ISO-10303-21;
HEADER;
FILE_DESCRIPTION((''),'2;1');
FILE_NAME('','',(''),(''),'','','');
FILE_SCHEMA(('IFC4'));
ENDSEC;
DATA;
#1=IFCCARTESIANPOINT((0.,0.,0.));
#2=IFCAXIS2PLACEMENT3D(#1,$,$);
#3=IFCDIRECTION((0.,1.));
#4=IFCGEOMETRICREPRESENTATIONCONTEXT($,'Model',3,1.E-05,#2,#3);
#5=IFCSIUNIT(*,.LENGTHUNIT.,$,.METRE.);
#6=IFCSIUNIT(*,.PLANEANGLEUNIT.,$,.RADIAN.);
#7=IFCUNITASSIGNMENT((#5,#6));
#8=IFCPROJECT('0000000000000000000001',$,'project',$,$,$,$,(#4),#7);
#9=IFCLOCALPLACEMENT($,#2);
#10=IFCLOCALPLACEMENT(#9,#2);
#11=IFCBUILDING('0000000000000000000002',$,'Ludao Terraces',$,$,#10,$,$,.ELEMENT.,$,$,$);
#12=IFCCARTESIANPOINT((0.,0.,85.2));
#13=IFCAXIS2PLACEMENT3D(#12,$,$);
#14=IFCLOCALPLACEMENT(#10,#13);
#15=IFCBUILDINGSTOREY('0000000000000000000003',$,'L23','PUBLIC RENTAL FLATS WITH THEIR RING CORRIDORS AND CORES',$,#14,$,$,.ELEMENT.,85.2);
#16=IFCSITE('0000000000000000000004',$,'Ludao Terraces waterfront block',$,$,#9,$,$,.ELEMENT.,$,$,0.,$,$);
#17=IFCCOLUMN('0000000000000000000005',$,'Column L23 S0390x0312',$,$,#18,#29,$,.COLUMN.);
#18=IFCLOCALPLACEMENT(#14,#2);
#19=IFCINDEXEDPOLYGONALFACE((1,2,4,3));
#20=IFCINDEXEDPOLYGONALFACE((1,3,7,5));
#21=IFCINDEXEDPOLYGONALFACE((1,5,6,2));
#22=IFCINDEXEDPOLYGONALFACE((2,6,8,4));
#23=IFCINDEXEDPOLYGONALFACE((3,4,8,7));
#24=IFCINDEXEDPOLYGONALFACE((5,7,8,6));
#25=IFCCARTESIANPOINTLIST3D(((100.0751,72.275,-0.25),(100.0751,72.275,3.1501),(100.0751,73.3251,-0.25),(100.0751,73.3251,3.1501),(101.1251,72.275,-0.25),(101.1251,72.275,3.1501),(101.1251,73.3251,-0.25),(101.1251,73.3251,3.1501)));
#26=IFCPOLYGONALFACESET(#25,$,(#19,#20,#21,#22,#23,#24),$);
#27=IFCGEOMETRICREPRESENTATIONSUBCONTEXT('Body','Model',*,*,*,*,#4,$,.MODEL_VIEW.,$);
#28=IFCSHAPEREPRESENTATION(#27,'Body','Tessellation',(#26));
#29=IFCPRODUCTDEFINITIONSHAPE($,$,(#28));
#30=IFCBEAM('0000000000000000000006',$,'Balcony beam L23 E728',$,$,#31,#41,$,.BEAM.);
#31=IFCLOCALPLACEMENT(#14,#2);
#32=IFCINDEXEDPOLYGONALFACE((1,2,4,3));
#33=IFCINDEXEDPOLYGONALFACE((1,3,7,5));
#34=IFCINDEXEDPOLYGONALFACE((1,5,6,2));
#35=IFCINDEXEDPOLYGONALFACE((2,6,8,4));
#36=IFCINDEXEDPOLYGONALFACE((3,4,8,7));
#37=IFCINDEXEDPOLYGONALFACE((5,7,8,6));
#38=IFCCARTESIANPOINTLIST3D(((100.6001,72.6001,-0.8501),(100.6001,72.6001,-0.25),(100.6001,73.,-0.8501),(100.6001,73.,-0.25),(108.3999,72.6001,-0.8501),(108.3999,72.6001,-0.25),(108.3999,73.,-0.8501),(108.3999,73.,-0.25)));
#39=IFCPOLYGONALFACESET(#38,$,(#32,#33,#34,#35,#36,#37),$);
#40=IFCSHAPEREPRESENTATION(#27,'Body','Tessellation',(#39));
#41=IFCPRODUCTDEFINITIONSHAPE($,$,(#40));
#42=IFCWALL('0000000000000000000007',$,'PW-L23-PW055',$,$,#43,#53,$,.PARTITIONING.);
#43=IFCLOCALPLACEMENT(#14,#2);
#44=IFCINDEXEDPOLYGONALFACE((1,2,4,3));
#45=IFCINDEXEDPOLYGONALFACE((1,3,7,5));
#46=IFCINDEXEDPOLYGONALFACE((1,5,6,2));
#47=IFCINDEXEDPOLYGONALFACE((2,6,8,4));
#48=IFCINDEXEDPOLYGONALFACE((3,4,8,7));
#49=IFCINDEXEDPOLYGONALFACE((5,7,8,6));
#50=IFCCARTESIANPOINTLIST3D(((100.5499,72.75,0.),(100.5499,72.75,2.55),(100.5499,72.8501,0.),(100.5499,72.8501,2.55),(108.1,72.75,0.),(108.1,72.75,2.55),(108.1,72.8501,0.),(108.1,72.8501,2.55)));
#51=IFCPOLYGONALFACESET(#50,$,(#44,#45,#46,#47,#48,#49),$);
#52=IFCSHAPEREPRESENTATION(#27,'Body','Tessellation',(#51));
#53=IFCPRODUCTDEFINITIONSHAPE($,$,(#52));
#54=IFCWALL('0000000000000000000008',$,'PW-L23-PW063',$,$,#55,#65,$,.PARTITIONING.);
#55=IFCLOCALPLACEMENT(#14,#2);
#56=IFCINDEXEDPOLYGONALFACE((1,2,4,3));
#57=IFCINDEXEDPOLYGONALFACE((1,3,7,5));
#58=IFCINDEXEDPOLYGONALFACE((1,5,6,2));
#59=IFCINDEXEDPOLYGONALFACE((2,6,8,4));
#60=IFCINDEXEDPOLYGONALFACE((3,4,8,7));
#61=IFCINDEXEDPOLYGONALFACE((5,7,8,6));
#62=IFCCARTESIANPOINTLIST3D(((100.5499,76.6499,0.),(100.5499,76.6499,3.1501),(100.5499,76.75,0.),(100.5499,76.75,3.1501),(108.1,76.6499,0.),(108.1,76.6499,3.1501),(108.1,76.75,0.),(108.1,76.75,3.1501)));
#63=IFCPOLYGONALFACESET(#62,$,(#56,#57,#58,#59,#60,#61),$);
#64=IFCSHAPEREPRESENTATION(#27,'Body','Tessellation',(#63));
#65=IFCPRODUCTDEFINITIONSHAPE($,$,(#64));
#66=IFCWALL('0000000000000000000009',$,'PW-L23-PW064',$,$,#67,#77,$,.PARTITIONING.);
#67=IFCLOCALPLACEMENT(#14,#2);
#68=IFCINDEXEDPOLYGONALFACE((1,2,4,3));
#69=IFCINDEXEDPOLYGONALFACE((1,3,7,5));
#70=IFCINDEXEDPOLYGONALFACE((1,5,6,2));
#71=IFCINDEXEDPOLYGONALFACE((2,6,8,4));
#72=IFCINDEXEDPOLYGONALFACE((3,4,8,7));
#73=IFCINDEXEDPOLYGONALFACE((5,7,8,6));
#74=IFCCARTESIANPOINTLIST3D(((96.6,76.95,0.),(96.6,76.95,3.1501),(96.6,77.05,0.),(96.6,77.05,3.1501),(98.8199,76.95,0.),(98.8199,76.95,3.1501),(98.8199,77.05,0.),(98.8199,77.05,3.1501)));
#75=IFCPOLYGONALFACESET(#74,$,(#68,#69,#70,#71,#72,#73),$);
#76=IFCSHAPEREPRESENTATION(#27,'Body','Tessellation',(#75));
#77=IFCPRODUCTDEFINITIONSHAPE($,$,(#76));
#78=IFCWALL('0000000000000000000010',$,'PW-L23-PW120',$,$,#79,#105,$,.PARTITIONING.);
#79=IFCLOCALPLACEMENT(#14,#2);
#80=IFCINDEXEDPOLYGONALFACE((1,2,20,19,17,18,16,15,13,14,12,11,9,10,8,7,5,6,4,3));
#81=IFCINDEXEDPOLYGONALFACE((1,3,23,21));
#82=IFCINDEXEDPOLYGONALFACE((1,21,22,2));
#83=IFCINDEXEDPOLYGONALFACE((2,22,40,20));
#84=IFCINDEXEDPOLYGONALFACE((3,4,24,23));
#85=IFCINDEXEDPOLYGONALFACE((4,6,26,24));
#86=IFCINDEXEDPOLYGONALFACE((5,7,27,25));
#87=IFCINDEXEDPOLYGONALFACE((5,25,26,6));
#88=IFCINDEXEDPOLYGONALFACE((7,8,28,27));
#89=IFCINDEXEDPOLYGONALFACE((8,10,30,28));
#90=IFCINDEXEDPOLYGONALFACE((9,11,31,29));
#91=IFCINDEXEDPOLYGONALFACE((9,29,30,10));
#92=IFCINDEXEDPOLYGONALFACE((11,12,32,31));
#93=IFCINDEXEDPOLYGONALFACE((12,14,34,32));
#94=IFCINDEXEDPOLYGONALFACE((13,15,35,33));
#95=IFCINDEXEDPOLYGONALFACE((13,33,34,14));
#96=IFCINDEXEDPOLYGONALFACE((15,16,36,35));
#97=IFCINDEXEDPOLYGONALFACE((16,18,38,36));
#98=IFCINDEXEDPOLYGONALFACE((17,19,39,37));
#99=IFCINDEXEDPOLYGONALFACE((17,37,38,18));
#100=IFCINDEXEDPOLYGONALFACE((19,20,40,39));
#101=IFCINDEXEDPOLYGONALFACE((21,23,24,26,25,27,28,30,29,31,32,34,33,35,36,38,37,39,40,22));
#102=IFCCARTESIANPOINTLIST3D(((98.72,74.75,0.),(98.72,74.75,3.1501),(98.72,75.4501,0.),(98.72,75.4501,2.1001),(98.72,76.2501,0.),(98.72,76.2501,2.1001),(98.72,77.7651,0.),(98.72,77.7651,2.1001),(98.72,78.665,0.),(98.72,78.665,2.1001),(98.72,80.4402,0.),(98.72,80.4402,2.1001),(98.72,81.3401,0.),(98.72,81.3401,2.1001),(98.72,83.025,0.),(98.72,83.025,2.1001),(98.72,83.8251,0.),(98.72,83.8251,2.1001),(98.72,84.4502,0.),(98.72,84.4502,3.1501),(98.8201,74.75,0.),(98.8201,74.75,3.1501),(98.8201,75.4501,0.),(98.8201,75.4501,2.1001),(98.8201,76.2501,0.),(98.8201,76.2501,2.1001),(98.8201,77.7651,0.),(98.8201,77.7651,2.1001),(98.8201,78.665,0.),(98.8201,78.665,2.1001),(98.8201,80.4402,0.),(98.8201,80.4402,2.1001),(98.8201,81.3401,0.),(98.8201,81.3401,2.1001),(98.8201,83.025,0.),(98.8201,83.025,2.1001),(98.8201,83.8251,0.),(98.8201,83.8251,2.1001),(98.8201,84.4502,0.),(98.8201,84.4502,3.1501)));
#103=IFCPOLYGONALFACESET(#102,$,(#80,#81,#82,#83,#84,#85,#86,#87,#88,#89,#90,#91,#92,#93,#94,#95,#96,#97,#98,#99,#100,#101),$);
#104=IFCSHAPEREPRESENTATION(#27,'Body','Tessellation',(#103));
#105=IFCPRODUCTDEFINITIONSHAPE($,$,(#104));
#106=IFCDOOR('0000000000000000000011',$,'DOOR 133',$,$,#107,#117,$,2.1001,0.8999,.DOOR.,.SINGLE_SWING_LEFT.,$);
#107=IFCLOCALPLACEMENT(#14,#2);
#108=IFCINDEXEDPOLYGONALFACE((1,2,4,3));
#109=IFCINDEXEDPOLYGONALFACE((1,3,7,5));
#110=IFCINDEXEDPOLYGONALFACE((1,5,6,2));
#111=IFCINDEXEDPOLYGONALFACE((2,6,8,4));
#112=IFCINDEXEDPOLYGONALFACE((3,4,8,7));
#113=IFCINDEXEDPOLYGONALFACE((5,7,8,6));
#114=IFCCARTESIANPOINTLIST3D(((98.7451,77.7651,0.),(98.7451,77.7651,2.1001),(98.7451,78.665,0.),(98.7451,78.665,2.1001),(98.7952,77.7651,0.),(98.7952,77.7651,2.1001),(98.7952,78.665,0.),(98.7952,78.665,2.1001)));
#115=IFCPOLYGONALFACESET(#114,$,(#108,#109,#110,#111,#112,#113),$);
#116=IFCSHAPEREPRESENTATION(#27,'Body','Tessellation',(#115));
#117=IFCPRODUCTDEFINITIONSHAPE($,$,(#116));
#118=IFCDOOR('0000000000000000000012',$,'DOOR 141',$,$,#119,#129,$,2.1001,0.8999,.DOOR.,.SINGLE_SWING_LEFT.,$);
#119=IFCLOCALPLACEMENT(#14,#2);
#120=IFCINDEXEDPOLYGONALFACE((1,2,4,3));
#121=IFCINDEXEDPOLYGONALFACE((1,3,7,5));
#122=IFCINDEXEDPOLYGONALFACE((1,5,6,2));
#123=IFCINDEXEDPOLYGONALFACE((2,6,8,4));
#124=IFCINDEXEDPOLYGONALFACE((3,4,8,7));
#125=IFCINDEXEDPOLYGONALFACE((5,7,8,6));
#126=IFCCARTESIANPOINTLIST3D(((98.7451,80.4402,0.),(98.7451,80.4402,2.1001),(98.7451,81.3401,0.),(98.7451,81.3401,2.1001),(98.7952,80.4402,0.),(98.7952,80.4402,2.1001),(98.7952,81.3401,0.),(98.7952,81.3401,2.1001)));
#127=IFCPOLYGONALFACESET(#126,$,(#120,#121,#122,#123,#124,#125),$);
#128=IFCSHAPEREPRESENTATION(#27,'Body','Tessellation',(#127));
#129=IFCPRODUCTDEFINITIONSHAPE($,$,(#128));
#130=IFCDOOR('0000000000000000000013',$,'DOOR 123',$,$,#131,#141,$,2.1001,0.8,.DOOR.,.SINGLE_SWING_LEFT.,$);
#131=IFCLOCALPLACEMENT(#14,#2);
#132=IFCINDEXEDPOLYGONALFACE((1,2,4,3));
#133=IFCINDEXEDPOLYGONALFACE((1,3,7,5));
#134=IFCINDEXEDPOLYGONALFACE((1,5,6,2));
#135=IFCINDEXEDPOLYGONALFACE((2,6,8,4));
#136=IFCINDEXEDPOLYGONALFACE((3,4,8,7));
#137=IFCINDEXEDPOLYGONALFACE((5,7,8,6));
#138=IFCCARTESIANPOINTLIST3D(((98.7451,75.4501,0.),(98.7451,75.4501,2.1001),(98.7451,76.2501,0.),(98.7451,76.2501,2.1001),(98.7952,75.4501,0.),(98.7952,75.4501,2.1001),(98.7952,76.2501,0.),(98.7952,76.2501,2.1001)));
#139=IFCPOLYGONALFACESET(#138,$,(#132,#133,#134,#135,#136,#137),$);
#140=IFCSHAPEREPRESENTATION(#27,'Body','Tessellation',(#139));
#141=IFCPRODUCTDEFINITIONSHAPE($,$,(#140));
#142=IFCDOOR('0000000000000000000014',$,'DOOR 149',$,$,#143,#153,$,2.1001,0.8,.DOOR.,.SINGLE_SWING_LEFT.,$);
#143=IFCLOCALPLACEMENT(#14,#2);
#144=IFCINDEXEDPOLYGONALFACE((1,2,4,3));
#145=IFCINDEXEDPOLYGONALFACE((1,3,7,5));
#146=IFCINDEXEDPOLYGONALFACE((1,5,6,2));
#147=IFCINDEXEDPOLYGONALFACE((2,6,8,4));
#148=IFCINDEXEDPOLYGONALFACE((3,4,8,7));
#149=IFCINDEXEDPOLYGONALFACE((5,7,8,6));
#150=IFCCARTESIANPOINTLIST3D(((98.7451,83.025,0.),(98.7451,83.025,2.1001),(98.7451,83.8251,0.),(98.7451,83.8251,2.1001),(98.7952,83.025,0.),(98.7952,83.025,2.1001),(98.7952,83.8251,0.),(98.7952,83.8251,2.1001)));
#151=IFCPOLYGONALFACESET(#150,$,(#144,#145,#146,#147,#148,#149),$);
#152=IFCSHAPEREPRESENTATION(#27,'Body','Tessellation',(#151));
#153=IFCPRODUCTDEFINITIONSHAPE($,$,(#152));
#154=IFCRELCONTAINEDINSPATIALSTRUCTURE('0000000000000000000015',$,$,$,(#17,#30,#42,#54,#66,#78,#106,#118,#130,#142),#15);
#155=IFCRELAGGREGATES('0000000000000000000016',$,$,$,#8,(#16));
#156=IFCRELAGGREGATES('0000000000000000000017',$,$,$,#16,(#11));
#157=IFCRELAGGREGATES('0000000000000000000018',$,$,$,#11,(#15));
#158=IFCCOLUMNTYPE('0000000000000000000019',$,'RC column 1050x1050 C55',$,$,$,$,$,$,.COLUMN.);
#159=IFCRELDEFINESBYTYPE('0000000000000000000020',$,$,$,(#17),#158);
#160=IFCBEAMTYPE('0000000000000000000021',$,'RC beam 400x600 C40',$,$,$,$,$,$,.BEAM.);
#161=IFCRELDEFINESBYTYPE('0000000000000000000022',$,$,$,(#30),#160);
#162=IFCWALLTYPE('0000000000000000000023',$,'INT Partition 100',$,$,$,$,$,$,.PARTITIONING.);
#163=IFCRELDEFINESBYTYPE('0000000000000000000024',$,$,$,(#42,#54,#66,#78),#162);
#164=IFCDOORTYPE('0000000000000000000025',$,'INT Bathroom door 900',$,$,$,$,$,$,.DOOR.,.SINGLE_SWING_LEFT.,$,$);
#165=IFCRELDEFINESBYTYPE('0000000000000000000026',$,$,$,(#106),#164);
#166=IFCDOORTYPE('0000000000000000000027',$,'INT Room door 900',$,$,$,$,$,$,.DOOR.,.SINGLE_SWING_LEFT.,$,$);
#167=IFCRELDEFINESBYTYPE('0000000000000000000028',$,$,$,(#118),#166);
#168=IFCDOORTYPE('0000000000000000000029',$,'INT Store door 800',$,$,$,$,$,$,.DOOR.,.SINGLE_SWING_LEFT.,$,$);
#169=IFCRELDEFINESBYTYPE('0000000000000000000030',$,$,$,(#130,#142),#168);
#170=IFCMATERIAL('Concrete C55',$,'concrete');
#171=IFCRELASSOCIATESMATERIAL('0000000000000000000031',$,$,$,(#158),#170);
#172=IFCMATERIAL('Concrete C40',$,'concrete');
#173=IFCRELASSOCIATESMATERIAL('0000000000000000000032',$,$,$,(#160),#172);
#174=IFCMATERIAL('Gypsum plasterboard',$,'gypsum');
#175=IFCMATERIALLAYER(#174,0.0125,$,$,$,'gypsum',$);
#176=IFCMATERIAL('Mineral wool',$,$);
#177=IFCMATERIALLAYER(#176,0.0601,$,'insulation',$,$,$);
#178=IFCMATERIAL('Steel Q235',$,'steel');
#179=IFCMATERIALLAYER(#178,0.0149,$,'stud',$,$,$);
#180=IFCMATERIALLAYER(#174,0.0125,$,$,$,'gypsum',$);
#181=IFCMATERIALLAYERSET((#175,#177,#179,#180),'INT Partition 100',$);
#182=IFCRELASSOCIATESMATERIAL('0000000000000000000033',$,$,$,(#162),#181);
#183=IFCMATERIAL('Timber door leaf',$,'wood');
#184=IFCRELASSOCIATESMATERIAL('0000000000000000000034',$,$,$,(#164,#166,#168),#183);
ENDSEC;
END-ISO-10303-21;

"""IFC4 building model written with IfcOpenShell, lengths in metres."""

from ifc_helpers import new_model, si_unit, direction, frame, frame_2d, origin, origin_2d, place, context, subcontext, project, spatial, rectangle, extrude, material, layer, layer_set, material_profile, profile_set, type_object, element, fill, save


model = new_model("IFC4")

# Units and contexts
model_context = context("Model", 3, precision=1e-05, world=origin(), true_north=direction((0.0, 1.0)))
body_context = subcontext(model_context, "Body", "Model", "MODEL_VIEW")
ifc_project = project(units=[si_unit("LENGTHUNIT", "METRE"), si_unit("PLANEANGLEUNIT", "RADIAN")], contexts=[model_context])

# Site, building, storey
site_placement = place(None, origin())
site = spatial("IfcSite", under=ifc_project, at=site_placement, Name="Ludao Terraces waterfront block", CompositionType="ELEMENT", RefElevation=0.0)
building_placement = place(site_placement, origin())
building = spatial("IfcBuilding", under=site, at=building_placement, Name="Ludao Terraces", CompositionType="ELEMENT")
storey_placement = place(building_placement, frame((0.0, 0.0, 85.2)))
storey = spatial("IfcBuildingStorey", under=building, at=storey_placement, Name="L23", Description="PUBLIC RENTAL FLATS WITH THEIR RING CORRIDORS AND CORES", CompositionType="ELEMENT", Elevation=85.2)

# Column
ifc_material_1 = material(Name="Concrete C55", Category="concrete")
ifc_material_profile_1 = material_profile(ifc_material_1, rectangle(XDim=1.05, YDim=1.05, at=origin_2d()), Name="1050 X 1050")
ifc_profile_set_1 = profile_set([ifc_material_profile_1], Name="Concrete C55")
column_type = type_object("IfcColumnType", Name="RC column 1050x1050 C55", PredefinedType="COLUMN", material=ifc_profile_set_1)
column_placement = place(storey_placement, frame((100.6001, 72.8, -0.25), z_axis=(0.0, 0.0, 1.0), x_axis=(1.0, 0.0, 0.0)))
element("IfcColumn", 1, at=column_placement, inside=storey, type_object=column_type, Name="Column L23 S0390x0312", PredefinedType="COLUMN", context=body_context, shape_type="SweptSolid", body=[
    extrude(rectangle(XDim=1.05, YDim=1.05, at=origin_2d()), origin(), (0.0, 0.0, 1.0), 3.4001),
])

# Beam
ifc_material_2 = material(Name="Concrete C40", Category="concrete")
ifc_material_profile_2 = material_profile(ifc_material_2, rectangle(XDim=0.3999, YDim=0.6001, at=origin_2d()), Name="400 X 600")
ifc_profile_set_2 = profile_set([ifc_material_profile_2], Name="Concrete C40")
beam_type = type_object("IfcBeamType", Name="RC beam 400x600 C40", PredefinedType="BEAM", material=ifc_profile_set_2)
beam_placement = place(storey_placement, frame((100.6001, 72.8, -0.55), z_axis=(1.0, 0.0, 0.0), x_axis=(0.0, 1.0, 0.0)))
element("IfcBeam", 2, at=beam_placement, inside=storey, type_object=beam_type, Name="Balcony beam L23 E728", PredefinedType="BEAM", context=body_context, shape_type="SweptSolid", body=[
    extrude(rectangle(XDim=0.3999, YDim=0.6001, at=origin_2d()), origin(), (0.0, 0.0, 1.0), 7.7998),
])

# Shared definitions
ifc_material_3 = material(Name="Mineral wool")

# Walls
ifc_material_4 = material(Name="Gypsum plasterboard", Category="gypsum")
ifc_layer_1 = layer(ifc_material_4, 0.0125, Category="gypsum")
ifc_layer_2 = layer(ifc_material_3, 0.0601, Name="insulation")
ifc_material_5 = material(Name="Steel Q235", Category="steel")
ifc_layer_3 = layer(ifc_material_5, 0.0149, Name="stud")
ifc_layer_4 = layer(ifc_material_4, 0.0125, Category="gypsum")
ifc_layer_set_1 = layer_set([ifc_layer_1, ifc_layer_2, ifc_layer_3, ifc_layer_4], Name="INT Partition 100")
wall_type_1 = type_object("IfcWallType", Name="INT Partition 100", PredefinedType="PARTITIONING", material=ifc_layer_set_1)
wall_1_placement = place(storey_placement, frame((100.55, 72.8, 0.0), z_axis=(0.0, 0.0, 1.0), x_axis=(1.0, 0.0, 0.0)))
element("IfcWall", 3, at=wall_1_placement, inside=storey, type_object=wall_type_1, Name="PW-L23-PW055", PredefinedType="PARTITIONING", context=body_context, shape_type="SweptSolid", body=[
    extrude(rectangle(XDim=7.55, YDim=0.1001, at=frame_2d((3.7749, 0.0))), origin(), (0.0, 0.0, 1.0), 2.55),
])
wall_2_placement = place(storey_placement, frame((100.55, 76.7, 0.0), z_axis=(0.0, 0.0, 1.0), x_axis=(1.0, 0.0, 0.0)))
element("IfcWall", 4, at=wall_2_placement, inside=storey, type_object=wall_type_1, Name="PW-L23-PW063", PredefinedType="PARTITIONING", context=body_context, shape_type="SweptSolid", body=[
    extrude(rectangle(XDim=7.55, YDim=0.1001, at=frame_2d((3.7749, 0.0))), origin(), (0.0, 0.0, 1.0), 3.1501),
])
wall_3_placement = place(storey_placement, frame((96.6001, 77.0, 0.0), z_axis=(0.0, 0.0, 1.0), x_axis=(1.0, 0.0, 0.0)))
element("IfcWall", 5, at=wall_3_placement, inside=storey, type_object=wall_type_1, Name="PW-L23-PW064", PredefinedType="PARTITIONING", context=body_context, shape_type="SweptSolid", body=[
    extrude(rectangle(XDim=2.22, YDim=0.1001, at=frame_2d((1.1099, 0.0))), origin(), (0.0, 0.0, 1.0), 3.1501),
])

# Wall, openings, doors
wall_4_placement = place(storey_placement, frame((98.77, 74.75, 0.0), z_axis=(0.0, 0.0, 1.0), x_axis=(0.0, 1.0, 0.0)))
wall_4 = element("IfcWall", 6, at=wall_4_placement, inside=storey, type_object=wall_type_1, Name="PW-L23-PW120", PredefinedType="PARTITIONING", context=body_context, shape_type="SweptSolid", body=[
    extrude(rectangle(XDim=9.7002, YDim=0.1001, at=frame_2d((4.8501, 0.0))), origin(), (0.0, 0.0, 1.0), 3.1501),
])
opening_1_placement = place(wall_4_placement, frame((0.7002, 0.0, 0.0)))
opening_1 = element("IfcOpeningElement", 7, at=opening_1_placement, cuts=wall_4, PredefinedType="OPENING", context=body_context, shape_type="SweptSolid", body=[
    extrude(rectangle(XDim=0.8, YDim=2.1001, at=frame_2d((0.3999, 1.05))), frame((0.0, 0.0601, 0.0), z_axis=(0.0, -1.0, 0.0), x_axis=(1.0, 0.0, 0.0)), (0.0, 0.0, 1.0), 0.1201),
])
opening_2_placement = place(wall_4_placement, frame((3.0151, 0.0, 0.0)))
opening_2 = element("IfcOpeningElement", 8, at=opening_2_placement, cuts=wall_4, PredefinedType="OPENING", context=body_context, shape_type="SweptSolid", body=[
    extrude(rectangle(XDim=0.8999, YDim=2.1001, at=frame_2d((0.45, 1.05))), frame((0.0, 0.0601, 0.0), z_axis=(0.0, -1.0, 0.0), x_axis=(1.0, 0.0, 0.0)), (0.0, 0.0, 1.0), 0.1201),
])
opening_3_placement = place(wall_4_placement, frame((5.6902, 0.0, 0.0)))
opening_3 = element("IfcOpeningElement", 9, at=opening_3_placement, cuts=wall_4, PredefinedType="OPENING", context=body_context, shape_type="SweptSolid", body=[
    extrude(rectangle(XDim=0.8999, YDim=2.1001, at=frame_2d((0.45, 1.05))), frame((0.0, 0.0601, 0.0), z_axis=(0.0, -1.0, 0.0), x_axis=(1.0, 0.0, 0.0)), (0.0, 0.0, 1.0), 0.1201),
])
opening_4_placement = place(wall_4_placement, frame((8.2751, 0.0, 0.0)))
opening_4 = element("IfcOpeningElement", 10, at=opening_4_placement, cuts=wall_4, PredefinedType="OPENING", context=body_context, shape_type="SweptSolid", body=[
    extrude(rectangle(XDim=0.8, YDim=2.1001, at=frame_2d((0.3999, 1.05))), frame((0.0, 0.0601, 0.0), z_axis=(0.0, -1.0, 0.0), x_axis=(1.0, 0.0, 0.0)), (0.0, 0.0, 1.0), 0.1201),
])
ifc_material_6 = material(Name="Timber door leaf", Category="wood")
door_type_1 = type_object("IfcDoorType", Name="INT Bathroom door 900", OperationType="SINGLE_SWING_LEFT", PredefinedType="DOOR", material=ifc_material_6)
door_1_placement = place(opening_2_placement, origin())
door_1 = element("IfcDoor", 11, at=door_1_placement, inside=storey, type_object=door_type_1, Name="DOOR 133", OperationType="SINGLE_SWING_LEFT", OverallHeight=2.1001, OverallWidth=0.8999, PredefinedType="DOOR", context=body_context, shape_type="SweptSolid", body=[
    extrude(rectangle(XDim=0.8999, YDim=2.1001, at=frame_2d((0.45, 1.05))), frame((0.0, 0.0249, 0.0), z_axis=(0.0, -1.0, 0.0), x_axis=(1.0, 0.0, 0.0)), (0.0, 0.0, 1.0), 0.05),
])
fill(opening_2, door_1)
door_type_2 = type_object("IfcDoorType", Name="INT Room door 900", OperationType="SINGLE_SWING_LEFT", PredefinedType="DOOR", material=ifc_material_6)
door_2_placement = place(opening_3_placement, origin())
door_2 = element("IfcDoor", 12, at=door_2_placement, inside=storey, type_object=door_type_2, Name="DOOR 141", OperationType="SINGLE_SWING_LEFT", OverallHeight=2.1001, OverallWidth=0.8999, PredefinedType="DOOR", context=body_context, shape_type="SweptSolid", body=[
    extrude(rectangle(XDim=0.8999, YDim=2.1001, at=frame_2d((0.45, 1.05))), frame((0.0, 0.0249, 0.0), z_axis=(0.0, -1.0, 0.0), x_axis=(1.0, 0.0, 0.0)), (0.0, 0.0, 1.0), 0.05),
])
fill(opening_3, door_2)
door_type_3 = type_object("IfcDoorType", Name="INT Store door 800", OperationType="SINGLE_SWING_LEFT", PredefinedType="DOOR", material=ifc_material_6)
door_3_placement = place(opening_1_placement, origin())
door_3 = element("IfcDoor", 13, at=door_3_placement, inside=storey, type_object=door_type_3, Name="DOOR 123", OperationType="SINGLE_SWING_LEFT", OverallHeight=2.1001, OverallWidth=0.8, PredefinedType="DOOR", context=body_context, shape_type="SweptSolid", body=[
    extrude(rectangle(XDim=0.8, YDim=2.1001, at=frame_2d((0.3999, 1.05))), frame((0.0, 0.0249, 0.0), z_axis=(0.0, -1.0, 0.0), x_axis=(1.0, 0.0, 0.0)), (0.0, 0.0, 1.0), 0.05),
])
fill(opening_1, door_3)
door_4_placement = place(opening_4_placement, origin())
door_4 = element("IfcDoor", 14, at=door_4_placement, inside=storey, type_object=door_type_3, Name="DOOR 149", OperationType="SINGLE_SWING_LEFT", OverallHeight=2.1001, OverallWidth=0.8, PredefinedType="DOOR", context=body_context, shape_type="SweptSolid", body=[
    extrude(rectangle(XDim=0.8, YDim=2.1001, at=frame_2d((0.3999, 1.05))), frame((0.0, 0.0249, 0.0), z_axis=(0.0, -1.0, 0.0), x_axis=(1.0, 0.0, 0.0)), (0.0, 0.0, 1.0), 0.05),
])
fill(opening_4, door_4)

save(model, "model.ifc")
